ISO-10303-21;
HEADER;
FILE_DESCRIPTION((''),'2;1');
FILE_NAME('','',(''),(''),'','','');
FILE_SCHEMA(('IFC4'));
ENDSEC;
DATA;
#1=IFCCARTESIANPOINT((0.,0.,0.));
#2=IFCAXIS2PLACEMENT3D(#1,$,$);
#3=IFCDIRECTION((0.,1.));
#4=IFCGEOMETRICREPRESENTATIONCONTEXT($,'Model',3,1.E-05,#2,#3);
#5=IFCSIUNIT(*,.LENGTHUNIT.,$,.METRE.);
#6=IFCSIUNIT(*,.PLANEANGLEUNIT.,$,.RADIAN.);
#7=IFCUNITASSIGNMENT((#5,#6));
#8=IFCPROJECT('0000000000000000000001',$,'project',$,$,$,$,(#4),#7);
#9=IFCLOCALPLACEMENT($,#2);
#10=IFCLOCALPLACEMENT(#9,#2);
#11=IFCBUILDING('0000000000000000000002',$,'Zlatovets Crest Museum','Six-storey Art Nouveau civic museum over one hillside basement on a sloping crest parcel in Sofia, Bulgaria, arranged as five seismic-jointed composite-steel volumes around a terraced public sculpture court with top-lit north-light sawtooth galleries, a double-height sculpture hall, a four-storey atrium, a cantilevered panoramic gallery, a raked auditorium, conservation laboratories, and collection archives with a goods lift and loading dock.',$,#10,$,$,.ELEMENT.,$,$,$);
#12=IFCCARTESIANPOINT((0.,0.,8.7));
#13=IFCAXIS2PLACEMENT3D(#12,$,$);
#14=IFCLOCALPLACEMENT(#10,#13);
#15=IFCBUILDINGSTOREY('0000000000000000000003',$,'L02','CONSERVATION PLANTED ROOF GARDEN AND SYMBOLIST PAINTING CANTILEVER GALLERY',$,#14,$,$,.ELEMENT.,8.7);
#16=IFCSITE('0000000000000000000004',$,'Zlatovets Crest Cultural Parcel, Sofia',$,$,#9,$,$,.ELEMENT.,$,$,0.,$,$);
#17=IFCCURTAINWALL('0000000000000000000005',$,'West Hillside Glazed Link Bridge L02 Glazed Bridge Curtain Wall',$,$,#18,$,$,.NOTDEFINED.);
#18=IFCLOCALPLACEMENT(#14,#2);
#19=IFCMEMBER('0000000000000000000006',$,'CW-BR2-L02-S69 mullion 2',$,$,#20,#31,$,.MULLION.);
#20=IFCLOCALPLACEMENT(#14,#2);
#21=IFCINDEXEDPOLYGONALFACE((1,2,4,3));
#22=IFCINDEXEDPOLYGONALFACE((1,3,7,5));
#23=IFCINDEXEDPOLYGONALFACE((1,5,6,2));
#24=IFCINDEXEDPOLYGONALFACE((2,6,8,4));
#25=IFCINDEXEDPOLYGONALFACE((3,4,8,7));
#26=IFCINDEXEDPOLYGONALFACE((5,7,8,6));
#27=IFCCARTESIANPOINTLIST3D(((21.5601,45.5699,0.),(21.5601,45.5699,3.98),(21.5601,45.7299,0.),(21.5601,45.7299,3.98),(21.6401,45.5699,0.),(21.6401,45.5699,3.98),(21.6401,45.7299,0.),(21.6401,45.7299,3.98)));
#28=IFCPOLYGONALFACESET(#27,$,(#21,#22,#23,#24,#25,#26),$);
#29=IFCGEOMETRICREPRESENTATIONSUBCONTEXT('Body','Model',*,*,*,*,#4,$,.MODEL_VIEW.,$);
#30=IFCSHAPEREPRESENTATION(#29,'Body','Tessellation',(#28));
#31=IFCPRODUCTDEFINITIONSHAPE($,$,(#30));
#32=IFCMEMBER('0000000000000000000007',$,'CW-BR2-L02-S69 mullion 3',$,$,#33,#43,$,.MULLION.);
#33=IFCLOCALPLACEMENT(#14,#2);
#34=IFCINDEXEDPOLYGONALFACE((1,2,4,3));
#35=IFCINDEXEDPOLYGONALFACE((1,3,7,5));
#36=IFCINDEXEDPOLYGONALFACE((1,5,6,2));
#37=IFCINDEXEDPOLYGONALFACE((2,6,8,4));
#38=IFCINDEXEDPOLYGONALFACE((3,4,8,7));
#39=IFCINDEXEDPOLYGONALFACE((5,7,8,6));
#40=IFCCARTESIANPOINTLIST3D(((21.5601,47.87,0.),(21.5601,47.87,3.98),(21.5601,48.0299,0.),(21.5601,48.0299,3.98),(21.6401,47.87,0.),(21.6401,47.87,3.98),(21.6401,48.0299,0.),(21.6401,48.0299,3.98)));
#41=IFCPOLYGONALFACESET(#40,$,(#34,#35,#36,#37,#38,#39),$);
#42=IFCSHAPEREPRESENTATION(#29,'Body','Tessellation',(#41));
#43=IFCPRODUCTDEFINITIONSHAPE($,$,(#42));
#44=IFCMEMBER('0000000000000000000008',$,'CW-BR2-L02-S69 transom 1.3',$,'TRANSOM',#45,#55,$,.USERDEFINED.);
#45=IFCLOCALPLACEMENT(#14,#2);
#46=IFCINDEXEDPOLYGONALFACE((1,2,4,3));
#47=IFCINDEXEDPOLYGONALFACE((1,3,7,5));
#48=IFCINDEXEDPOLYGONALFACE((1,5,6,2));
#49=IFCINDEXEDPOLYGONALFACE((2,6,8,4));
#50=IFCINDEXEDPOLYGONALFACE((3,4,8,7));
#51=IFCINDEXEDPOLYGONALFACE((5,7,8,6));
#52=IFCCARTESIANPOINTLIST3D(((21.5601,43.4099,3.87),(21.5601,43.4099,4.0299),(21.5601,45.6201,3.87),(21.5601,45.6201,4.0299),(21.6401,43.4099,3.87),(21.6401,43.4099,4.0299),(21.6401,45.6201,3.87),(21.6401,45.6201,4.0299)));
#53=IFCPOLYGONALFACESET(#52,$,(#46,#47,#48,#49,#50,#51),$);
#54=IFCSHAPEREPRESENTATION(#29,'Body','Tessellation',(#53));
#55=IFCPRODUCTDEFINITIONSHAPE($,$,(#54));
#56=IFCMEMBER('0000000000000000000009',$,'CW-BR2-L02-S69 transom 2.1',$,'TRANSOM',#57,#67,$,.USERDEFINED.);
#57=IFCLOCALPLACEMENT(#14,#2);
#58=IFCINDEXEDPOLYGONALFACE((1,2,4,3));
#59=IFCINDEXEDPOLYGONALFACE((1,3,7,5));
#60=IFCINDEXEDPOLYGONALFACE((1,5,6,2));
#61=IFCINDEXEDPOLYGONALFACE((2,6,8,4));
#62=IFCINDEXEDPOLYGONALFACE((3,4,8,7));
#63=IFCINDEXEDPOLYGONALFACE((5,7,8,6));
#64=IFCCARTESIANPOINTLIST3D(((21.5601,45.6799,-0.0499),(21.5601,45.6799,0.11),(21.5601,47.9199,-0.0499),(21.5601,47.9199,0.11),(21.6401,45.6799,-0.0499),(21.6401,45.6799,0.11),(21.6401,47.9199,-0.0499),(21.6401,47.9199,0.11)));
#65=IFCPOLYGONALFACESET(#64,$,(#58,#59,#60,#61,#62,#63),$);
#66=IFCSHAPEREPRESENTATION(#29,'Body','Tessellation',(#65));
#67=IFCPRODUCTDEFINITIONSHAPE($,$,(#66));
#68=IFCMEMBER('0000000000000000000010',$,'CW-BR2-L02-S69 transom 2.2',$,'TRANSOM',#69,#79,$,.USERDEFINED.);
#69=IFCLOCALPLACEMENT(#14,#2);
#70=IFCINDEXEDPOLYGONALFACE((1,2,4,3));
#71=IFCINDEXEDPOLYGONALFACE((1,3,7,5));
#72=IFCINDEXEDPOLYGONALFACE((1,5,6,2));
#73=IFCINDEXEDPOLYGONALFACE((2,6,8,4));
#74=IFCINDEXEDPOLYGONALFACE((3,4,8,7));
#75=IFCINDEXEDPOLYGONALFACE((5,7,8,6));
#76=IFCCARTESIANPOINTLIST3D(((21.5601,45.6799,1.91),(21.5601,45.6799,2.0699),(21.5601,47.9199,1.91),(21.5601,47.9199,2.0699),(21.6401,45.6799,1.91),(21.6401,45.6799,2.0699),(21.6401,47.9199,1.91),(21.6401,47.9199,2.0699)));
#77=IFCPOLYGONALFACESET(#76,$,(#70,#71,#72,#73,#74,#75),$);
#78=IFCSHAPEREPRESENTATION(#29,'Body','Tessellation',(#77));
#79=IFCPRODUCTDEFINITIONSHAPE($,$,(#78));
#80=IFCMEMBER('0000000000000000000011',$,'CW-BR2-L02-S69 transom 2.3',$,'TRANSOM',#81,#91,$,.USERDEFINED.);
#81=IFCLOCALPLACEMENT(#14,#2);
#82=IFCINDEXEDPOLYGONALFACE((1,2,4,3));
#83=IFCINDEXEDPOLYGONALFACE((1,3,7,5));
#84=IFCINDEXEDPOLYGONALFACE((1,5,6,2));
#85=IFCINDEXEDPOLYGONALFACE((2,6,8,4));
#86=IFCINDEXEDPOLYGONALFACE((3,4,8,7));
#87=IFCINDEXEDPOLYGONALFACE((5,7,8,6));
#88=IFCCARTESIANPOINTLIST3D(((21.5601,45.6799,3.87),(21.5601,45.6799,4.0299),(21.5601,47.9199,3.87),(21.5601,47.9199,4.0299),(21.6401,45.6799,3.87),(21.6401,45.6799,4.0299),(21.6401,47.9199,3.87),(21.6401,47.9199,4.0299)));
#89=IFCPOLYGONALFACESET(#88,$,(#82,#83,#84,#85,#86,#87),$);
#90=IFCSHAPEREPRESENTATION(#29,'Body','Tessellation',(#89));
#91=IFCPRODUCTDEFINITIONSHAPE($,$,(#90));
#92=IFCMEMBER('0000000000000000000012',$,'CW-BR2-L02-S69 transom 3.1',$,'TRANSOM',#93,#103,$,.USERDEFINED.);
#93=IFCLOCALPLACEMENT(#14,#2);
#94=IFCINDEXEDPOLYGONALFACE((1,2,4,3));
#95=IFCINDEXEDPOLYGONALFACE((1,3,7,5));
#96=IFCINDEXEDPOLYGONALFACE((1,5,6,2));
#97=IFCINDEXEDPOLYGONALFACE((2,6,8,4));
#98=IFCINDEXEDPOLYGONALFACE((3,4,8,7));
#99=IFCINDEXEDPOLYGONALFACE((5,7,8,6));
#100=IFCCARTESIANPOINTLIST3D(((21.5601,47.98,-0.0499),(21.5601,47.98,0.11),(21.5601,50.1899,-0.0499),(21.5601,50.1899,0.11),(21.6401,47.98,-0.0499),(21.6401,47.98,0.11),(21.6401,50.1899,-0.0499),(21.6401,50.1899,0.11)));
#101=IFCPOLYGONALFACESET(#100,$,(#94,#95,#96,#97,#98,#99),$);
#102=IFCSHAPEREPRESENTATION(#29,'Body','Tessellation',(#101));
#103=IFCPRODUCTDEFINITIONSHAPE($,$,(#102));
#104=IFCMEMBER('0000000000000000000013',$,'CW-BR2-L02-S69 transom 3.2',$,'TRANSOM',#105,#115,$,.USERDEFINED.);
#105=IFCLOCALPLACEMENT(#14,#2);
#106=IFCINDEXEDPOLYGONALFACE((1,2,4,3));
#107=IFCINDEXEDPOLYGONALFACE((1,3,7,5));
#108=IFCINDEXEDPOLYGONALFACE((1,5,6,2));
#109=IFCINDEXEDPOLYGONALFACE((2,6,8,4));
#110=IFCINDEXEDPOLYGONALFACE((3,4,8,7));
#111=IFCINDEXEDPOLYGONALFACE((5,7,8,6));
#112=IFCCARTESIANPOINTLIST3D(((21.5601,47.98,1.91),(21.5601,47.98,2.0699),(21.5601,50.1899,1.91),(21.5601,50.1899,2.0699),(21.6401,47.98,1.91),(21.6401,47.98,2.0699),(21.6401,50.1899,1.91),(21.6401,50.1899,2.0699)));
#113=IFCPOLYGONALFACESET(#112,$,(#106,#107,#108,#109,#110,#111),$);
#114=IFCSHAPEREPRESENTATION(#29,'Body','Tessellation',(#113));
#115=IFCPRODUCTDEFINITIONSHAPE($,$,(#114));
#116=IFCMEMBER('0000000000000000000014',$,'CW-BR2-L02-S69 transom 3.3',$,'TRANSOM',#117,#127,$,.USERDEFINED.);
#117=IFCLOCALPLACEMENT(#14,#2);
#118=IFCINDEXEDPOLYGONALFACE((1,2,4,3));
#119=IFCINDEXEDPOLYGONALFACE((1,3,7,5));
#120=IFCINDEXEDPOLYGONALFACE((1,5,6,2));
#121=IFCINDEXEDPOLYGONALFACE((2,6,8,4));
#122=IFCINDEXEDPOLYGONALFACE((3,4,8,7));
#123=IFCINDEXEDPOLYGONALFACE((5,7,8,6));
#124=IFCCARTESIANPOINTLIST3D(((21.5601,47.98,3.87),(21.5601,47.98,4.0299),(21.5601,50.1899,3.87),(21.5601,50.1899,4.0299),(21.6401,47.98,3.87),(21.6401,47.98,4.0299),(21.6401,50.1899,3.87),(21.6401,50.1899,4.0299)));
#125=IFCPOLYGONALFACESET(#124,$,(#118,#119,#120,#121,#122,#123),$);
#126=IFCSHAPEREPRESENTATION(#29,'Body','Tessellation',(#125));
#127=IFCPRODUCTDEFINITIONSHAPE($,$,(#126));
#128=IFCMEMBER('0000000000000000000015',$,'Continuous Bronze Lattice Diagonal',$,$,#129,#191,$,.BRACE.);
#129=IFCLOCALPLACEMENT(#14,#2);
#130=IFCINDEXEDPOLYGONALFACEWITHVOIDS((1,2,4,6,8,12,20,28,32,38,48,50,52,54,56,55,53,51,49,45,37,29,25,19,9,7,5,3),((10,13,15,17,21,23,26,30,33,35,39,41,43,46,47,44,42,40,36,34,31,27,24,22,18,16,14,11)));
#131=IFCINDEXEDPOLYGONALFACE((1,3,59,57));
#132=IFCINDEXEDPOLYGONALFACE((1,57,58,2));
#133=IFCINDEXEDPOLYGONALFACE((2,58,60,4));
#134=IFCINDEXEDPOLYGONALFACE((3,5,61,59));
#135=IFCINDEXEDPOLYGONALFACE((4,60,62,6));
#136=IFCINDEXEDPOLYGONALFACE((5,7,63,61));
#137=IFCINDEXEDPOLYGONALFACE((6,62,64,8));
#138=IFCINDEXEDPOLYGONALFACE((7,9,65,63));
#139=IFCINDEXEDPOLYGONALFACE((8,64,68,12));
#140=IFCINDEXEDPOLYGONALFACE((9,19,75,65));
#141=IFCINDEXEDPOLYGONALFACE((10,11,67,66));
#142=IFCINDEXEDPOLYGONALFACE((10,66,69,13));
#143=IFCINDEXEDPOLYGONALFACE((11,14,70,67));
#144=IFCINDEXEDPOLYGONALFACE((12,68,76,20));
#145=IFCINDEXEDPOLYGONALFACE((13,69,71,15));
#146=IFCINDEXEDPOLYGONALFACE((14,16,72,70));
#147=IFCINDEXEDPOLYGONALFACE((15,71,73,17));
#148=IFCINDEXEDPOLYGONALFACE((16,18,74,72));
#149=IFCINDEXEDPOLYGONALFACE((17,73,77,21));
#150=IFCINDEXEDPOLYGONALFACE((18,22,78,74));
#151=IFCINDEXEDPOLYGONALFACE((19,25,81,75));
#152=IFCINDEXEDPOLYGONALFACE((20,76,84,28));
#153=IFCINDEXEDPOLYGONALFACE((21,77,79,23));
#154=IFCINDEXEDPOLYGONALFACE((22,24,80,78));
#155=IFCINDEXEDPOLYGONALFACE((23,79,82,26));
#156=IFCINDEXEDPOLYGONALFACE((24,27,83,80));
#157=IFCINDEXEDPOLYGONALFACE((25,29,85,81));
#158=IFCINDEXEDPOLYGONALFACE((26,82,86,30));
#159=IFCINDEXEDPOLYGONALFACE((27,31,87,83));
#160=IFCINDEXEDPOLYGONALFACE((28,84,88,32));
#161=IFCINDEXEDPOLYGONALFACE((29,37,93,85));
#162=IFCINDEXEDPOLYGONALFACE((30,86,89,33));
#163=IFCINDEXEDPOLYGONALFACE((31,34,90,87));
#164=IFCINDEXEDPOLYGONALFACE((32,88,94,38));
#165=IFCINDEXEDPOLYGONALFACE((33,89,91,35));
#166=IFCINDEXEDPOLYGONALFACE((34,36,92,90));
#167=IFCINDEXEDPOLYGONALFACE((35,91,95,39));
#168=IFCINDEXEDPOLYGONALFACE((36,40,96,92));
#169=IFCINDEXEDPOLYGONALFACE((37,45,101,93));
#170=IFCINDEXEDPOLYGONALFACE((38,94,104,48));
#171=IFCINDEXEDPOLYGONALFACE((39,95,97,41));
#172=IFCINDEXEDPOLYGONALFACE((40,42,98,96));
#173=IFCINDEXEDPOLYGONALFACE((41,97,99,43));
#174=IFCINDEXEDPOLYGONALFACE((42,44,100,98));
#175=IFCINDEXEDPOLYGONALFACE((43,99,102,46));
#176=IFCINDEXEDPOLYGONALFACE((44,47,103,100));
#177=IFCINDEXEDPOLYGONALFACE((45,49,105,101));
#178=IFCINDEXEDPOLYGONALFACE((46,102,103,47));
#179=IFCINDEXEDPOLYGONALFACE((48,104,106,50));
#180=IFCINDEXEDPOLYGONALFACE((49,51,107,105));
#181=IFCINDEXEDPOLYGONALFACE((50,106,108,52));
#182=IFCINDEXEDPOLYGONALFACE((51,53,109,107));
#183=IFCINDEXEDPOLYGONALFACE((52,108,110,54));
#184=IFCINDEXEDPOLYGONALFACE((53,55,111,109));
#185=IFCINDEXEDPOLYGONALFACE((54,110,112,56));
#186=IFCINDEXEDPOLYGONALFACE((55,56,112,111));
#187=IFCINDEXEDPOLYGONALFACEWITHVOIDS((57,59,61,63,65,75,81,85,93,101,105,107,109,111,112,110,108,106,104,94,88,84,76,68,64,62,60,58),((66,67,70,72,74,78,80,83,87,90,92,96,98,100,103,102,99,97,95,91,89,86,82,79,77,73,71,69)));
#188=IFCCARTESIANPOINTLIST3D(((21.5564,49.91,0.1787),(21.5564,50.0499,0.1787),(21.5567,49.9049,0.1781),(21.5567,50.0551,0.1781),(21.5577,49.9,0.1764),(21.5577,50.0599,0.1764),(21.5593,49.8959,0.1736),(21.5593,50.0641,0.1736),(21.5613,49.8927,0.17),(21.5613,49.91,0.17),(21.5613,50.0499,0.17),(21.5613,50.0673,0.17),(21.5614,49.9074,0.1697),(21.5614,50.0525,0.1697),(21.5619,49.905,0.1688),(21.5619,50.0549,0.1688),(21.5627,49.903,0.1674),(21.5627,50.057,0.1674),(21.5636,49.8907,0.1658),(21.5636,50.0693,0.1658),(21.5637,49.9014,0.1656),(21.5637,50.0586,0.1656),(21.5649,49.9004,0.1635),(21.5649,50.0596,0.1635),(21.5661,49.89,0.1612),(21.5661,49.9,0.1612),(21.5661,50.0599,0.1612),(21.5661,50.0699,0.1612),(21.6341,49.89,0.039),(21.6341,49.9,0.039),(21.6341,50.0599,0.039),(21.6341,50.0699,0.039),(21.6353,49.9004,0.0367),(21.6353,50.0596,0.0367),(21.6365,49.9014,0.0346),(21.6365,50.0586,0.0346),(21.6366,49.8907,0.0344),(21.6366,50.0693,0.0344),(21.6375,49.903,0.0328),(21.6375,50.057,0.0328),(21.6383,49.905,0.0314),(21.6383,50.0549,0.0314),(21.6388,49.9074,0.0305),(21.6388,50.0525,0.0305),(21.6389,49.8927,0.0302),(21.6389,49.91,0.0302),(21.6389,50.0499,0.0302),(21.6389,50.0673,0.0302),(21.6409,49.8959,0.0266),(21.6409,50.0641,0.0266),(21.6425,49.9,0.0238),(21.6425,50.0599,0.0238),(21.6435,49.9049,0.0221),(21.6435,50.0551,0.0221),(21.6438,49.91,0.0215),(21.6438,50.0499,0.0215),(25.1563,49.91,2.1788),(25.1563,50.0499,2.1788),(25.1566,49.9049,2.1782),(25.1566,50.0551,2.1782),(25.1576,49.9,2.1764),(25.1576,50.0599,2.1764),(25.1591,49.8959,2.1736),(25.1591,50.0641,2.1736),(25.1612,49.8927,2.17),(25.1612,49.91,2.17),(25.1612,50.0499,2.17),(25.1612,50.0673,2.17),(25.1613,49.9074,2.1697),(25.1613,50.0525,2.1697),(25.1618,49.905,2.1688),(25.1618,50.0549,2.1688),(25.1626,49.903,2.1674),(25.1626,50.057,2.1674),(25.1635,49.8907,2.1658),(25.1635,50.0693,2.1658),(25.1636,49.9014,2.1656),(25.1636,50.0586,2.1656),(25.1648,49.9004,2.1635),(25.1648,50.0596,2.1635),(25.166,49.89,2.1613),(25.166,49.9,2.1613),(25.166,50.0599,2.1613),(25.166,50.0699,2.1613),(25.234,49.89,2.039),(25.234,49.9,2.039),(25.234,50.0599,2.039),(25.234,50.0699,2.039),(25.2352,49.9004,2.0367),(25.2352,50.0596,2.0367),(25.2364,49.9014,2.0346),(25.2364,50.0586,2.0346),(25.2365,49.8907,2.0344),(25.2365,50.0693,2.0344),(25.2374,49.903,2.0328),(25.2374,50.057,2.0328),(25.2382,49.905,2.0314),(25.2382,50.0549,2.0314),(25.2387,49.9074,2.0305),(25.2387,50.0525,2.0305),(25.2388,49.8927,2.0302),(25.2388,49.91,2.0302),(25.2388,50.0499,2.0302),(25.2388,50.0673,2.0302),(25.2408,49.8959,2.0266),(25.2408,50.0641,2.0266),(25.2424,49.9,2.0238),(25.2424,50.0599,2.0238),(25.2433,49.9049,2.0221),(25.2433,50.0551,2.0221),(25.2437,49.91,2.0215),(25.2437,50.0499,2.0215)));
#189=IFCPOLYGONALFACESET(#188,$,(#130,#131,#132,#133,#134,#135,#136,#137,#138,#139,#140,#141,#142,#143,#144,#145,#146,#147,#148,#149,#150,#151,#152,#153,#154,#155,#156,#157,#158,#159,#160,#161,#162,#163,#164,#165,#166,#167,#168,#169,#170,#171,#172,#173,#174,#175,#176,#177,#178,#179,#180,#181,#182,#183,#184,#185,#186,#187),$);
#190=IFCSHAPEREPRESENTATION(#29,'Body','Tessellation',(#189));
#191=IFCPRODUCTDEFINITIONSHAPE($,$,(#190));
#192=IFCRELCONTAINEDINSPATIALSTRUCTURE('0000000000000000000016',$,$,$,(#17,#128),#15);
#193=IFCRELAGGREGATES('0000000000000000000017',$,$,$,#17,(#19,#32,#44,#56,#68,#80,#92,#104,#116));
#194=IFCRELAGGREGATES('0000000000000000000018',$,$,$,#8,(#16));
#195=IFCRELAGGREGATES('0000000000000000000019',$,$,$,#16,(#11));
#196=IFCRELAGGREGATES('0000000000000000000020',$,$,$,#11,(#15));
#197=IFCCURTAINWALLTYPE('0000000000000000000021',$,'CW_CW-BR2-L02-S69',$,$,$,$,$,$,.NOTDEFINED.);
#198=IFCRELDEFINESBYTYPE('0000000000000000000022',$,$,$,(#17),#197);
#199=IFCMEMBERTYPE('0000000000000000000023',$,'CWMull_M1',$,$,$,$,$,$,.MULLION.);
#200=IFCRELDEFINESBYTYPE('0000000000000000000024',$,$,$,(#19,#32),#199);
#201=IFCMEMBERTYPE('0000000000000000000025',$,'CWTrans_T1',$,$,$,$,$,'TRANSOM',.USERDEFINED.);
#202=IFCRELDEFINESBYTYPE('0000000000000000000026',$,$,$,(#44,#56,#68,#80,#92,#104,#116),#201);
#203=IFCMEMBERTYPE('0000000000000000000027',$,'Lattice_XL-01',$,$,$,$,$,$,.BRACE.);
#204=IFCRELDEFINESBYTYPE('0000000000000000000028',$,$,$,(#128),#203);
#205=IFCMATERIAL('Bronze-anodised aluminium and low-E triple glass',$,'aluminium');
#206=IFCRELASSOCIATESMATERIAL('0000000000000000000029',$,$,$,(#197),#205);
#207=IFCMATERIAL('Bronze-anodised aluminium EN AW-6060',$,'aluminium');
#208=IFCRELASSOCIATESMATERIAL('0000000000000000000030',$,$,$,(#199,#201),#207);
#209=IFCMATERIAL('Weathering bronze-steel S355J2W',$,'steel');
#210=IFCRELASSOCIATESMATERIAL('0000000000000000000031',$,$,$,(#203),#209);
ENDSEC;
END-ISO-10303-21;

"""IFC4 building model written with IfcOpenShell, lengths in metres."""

from ifc_helpers import new_model, si_unit, direction, frame, origin, origin_2d, place, context, subcontext, project, spatial, rectangle, hollow_rectangle, extrude, material, material_profile, profile_set, type_object, element, aggregate, save


model = new_model("IFC4")

# Units and contexts
model_context = context("Model", 3, precision=1e-05, world=origin(), true_north=direction((0.0, 1.0)))
body_context = subcontext(model_context, "Body", "Model", "MODEL_VIEW")
ifc_project = project(units=[si_unit("LENGTHUNIT", "METRE"), si_unit("PLANEANGLEUNIT", "RADIAN")], contexts=[model_context])

# Site, building, storey
site_placement = place(None, origin())
site = spatial("IfcSite", under=ifc_project, at=site_placement, Name="Zlatovets Crest Cultural Parcel, Sofia", CompositionType="ELEMENT", RefElevation=0.0)
building_placement = place(site_placement, origin())
building = spatial("IfcBuilding", under=site, at=building_placement, Name="Zlatovets Crest Museum", Description="Six-storey Art Nouveau civic museum over one hillside basement on a sloping crest parcel in Sofia, Bulgaria, arranged as five seismic-jointed composite-steel volumes around a terraced public sculpture court with top-lit north-light sawtooth galleries, a double-height sculpture hall, a four-storey atrium, a cantilevered panoramic gallery, a raked auditorium, conservation laboratories, and collection archives with a goods lift and loading dock.", CompositionType="ELEMENT")
storey_placement = place(building_placement, frame((0.0, 0.0, 8.7)))
storey = spatial("IfcBuildingStorey", under=building, at=storey_placement, Name="L02", Description="CONSERVATION PLANTED ROOF GARDEN AND SYMBOLIST PAINTING CANTILEVER GALLERY", CompositionType="ELEMENT", Elevation=8.7)

# Curtain wall, members
ifc_material_1 = material(Name="Bronze-anodised aluminium and low-E triple glass", Category="aluminium")
curtain_wall_type = type_object("IfcCurtainWallType", Name="CW_CW-BR2-L02-S69", PredefinedType="NOTDEFINED", material=ifc_material_1)
curtain_wall_placement = place(storey_placement, origin())
curtain_wall = element("IfcCurtainWall", 1, at=curtain_wall_placement, inside=storey, type_object=curtain_wall_type, Name="West Hillside Glazed Link Bridge L02 Glazed Bridge Curtain Wall", PredefinedType="NOTDEFINED")
ifc_material_2 = material(Name="Bronze-anodised aluminium EN AW-6060", Category="aluminium")
ifc_material_profile_1 = material_profile(ifc_material_2, rectangle(XDim=0.0801, YDim=0.1599, at=origin_2d()), Name="ALU 80x160")
ifc_profile_set_1 = profile_set([ifc_material_profile_1], Name="Bronze-anodised aluminium EN AW-6060")
member_type_1 = type_object("IfcMemberType", Name="CWMull_M1", PredefinedType="MULLION", material=ifc_profile_set_1)
member_1_placement = place(storey_placement, frame((21.6001, 45.6499, 0.0), z_axis=(0.0, 0.0, 1.0), x_axis=(-1.0, 0.0, 0.0)))
member_1 = element("IfcMember", 2, at=member_1_placement, type_object=member_type_1, Name="CW-BR2-L02-S69 mullion 2", PredefinedType="MULLION", context=body_context, shape_type="SweptSolid", body=[
    extrude(rectangle(XDim=0.0801, YDim=0.1599, at=origin_2d()), origin(), (0.0, 0.0, 1.0), 3.98),
])
member_2_placement = place(storey_placement, frame((21.6001, 47.95, 0.0), z_axis=(0.0, 0.0, 1.0), x_axis=(-1.0, 0.0, 0.0)))
member_2 = element("IfcMember", 3, at=member_2_placement, type_object=member_type_1, Name="CW-BR2-L02-S69 mullion 3", PredefinedType="MULLION", context=body_context, shape_type="SweptSolid", body=[
    extrude(rectangle(XDim=0.0801, YDim=0.1599, at=origin_2d()), origin(), (0.0, 0.0, 1.0), 3.98),
])
ifc_material_profile_2 = material_profile(ifc_material_2, rectangle(XDim=0.0801, YDim=0.1599, at=origin_2d()), Name="ALU 80x160")
ifc_profile_set_2 = profile_set([ifc_material_profile_2], Name="Bronze-anodised aluminium EN AW-6060")
member_type_2 = type_object("IfcMemberType", Name="CWTrans_T1", ElementType="TRANSOM", PredefinedType="USERDEFINED", material=ifc_profile_set_2)
member_3_placement = place(storey_placement, frame((21.6001, 43.4099, 3.95), z_axis=(0.0, 1.0, 0.0), x_axis=(-1.0, 0.0, 0.0)))
member_3 = element("IfcMember", 4, at=member_3_placement, type_object=member_type_2, Name="CW-BR2-L02-S69 transom 1.3", ObjectType="TRANSOM", PredefinedType="USERDEFINED", context=body_context, shape_type="SweptSolid", body=[
    extrude(rectangle(XDim=0.0801, YDim=0.1599, at=origin_2d()), origin(), (0.0, 0.0, 1.0), 2.2102),
])
member_4_placement = place(storey_placement, frame((21.6001, 45.6799, 0.03), z_axis=(0.0, 1.0, 0.0), x_axis=(-1.0, 0.0, 0.0)))
member_4 = element("IfcMember", 5, at=member_4_placement, type_object=member_type_2, Name="CW-BR2-L02-S69 transom 2.1", ObjectType="TRANSOM", PredefinedType="USERDEFINED", context=body_context, shape_type="SweptSolid", body=[
    extrude(rectangle(XDim=0.0801, YDim=0.1599, at=origin_2d()), origin(), (0.0, 0.0, 1.0), 2.24),
])
member_5_placement = place(storey_placement, frame((21.6001, 45.6799, 1.99), z_axis=(0.0, 1.0, 0.0), x_axis=(-1.0, 0.0, 0.0)))
member_5 = element("IfcMember", 6, at=member_5_placement, type_object=member_type_2, Name="CW-BR2-L02-S69 transom 2.2", ObjectType="TRANSOM", PredefinedType="USERDEFINED", context=body_context, shape_type="SweptSolid", body=[
    extrude(rectangle(XDim=0.0801, YDim=0.1599, at=origin_2d()), origin(), (0.0, 0.0, 1.0), 2.24),
])
member_6_placement = place(storey_placement, frame((21.6001, 45.6799, 3.95), z_axis=(0.0, 1.0, 0.0), x_axis=(-1.0, 0.0, 0.0)))
member_6 = element("IfcMember", 7, at=member_6_placement, type_object=member_type_2, Name="CW-BR2-L02-S69 transom 2.3", ObjectType="TRANSOM", PredefinedType="USERDEFINED", context=body_context, shape_type="SweptSolid", body=[
    extrude(rectangle(XDim=0.0801, YDim=0.1599, at=origin_2d()), origin(), (0.0, 0.0, 1.0), 2.24),
])
member_7_placement = place(storey_placement, frame((21.6001, 47.98, 0.03), z_axis=(0.0, 1.0, 0.0), x_axis=(-1.0, 0.0, 0.0)))
member_7 = element("IfcMember", 8, at=member_7_placement, type_object=member_type_2, Name="CW-BR2-L02-S69 transom 3.1", ObjectType="TRANSOM", PredefinedType="USERDEFINED", context=body_context, shape_type="SweptSolid", body=[
    extrude(rectangle(XDim=0.0801, YDim=0.1599, at=origin_2d()), origin(), (0.0, 0.0, 1.0), 2.21),
])
member_8_placement = place(storey_placement, frame((21.6001, 47.98, 1.99), z_axis=(0.0, 1.0, 0.0), x_axis=(-1.0, 0.0, 0.0)))
member_8 = element("IfcMember", 9, at=member_8_placement, type_object=member_type_2, Name="CW-BR2-L02-S69 transom 3.2", ObjectType="TRANSOM", PredefinedType="USERDEFINED", context=body_context, shape_type="SweptSolid", body=[
    extrude(rectangle(XDim=0.0801, YDim=0.1599, at=origin_2d()), origin(), (0.0, 0.0, 1.0), 2.21),
])
member_9_placement = place(storey_placement, frame((21.6001, 47.98, 3.95), z_axis=(0.0, 1.0, 0.0), x_axis=(-1.0, 0.0, 0.0)))
member_9 = element("IfcMember", 10, at=member_9_placement, type_object=member_type_2, Name="CW-BR2-L02-S69 transom 3.3", ObjectType="TRANSOM", PredefinedType="USERDEFINED", context=body_context, shape_type="SweptSolid", body=[
    extrude(rectangle(XDim=0.0801, YDim=0.1599, at=origin_2d()), origin(), (0.0, 0.0, 1.0), 2.21),
])

# Member
ifc_material_3 = material(Name="Weathering bronze-steel S355J2W", Category="steel")
ifc_material_profile_3 = material_profile(ifc_material_3, hollow_rectangle(XDim=0.1799, YDim=0.1799, WallThickness=0.01, InnerFilletRadius=0.01, OuterFilletRadius=0.02, at=origin_2d()), Name="SHS 180x180x10.0")
ifc_profile_set_3 = profile_set([ifc_material_profile_3], Name="Weathering bronze-steel S355J2W")
member_type_3 = type_object("IfcMemberType", Name="Lattice_XL-01", PredefinedType="BRACE", material=ifc_profile_set_3)
member_10_placement = place(storey_placement, frame((21.6001, 49.98, 0.1001), z_axis=(0.874149, 0.0, 0.485658), x_axis=(0.0, 1.0, 0.0)))
element("IfcMember", 11, at=member_10_placement, inside=storey, type_object=member_type_3, Name="Continuous Bronze Lattice Diagonal", PredefinedType="BRACE", context=body_context, shape_type="SweptSolid", body=[
    extrude(hollow_rectangle(XDim=0.1799, YDim=0.1799, WallThickness=0.01, InnerFilletRadius=0.01, OuterFilletRadius=0.02, at=origin_2d()), origin(), (0.0, 0.0, 1.0), 4.1182),
])

aggregate(curtain_wall, [member_1, member_2, member_3, member_4, member_5, member_6, member_7, member_8, member_9])

save(model, "model.ifc")
